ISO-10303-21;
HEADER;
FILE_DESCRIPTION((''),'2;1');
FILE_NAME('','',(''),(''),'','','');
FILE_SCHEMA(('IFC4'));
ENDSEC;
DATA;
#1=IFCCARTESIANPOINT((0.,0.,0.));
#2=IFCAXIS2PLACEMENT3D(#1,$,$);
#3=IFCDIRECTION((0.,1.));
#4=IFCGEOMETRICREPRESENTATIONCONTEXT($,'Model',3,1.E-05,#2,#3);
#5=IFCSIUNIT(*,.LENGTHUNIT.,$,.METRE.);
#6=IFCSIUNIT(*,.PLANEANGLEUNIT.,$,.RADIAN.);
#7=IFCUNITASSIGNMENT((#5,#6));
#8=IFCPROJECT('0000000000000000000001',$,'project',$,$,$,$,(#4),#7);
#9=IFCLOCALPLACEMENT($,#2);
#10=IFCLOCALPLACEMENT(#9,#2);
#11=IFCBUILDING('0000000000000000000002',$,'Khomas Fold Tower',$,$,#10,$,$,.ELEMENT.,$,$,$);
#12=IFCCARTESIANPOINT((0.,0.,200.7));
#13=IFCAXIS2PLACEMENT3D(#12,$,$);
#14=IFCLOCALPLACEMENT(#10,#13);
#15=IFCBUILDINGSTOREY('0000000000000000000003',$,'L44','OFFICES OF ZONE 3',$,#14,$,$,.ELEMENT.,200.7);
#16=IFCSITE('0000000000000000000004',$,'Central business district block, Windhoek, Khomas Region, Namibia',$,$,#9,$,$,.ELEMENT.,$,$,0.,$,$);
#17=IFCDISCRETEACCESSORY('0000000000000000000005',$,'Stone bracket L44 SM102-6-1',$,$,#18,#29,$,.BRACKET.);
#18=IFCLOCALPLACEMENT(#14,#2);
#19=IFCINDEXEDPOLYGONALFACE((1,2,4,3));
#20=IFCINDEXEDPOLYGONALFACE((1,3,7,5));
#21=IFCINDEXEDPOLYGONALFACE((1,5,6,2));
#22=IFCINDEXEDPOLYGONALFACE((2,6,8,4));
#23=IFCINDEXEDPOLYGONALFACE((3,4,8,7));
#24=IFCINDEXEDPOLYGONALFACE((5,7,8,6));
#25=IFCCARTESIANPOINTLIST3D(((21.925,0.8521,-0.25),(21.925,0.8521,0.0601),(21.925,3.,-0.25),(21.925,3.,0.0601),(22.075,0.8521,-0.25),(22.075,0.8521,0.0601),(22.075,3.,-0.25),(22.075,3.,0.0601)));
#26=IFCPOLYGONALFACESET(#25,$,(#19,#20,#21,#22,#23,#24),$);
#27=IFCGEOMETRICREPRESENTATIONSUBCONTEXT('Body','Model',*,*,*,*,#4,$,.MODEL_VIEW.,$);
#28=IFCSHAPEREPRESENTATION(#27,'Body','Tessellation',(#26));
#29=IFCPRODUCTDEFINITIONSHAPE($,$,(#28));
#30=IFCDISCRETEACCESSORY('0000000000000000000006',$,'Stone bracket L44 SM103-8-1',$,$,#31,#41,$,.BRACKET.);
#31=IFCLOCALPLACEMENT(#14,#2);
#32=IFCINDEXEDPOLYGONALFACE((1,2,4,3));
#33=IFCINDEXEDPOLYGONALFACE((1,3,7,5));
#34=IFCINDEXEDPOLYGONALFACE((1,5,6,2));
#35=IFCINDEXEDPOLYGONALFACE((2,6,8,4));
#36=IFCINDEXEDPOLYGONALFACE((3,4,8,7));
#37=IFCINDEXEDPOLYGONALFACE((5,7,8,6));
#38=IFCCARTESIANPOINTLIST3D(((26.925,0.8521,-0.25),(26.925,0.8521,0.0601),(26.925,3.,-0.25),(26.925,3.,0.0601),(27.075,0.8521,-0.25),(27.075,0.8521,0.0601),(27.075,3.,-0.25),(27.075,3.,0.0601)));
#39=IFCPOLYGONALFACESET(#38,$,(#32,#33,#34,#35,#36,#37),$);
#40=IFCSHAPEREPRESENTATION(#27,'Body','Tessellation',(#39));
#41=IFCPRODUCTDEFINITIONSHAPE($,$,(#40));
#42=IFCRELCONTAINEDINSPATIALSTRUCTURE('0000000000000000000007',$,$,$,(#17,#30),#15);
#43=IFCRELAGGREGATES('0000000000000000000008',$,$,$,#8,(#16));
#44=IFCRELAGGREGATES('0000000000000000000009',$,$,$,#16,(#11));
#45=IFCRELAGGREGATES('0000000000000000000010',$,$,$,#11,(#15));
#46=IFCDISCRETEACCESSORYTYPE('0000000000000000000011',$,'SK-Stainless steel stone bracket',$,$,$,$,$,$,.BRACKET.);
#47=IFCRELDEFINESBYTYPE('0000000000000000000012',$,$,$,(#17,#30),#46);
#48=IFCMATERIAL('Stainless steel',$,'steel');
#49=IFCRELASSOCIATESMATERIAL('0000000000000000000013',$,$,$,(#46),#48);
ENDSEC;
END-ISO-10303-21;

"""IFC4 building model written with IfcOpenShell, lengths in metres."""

from ifc_helpers import new_model, si_unit, direction, frame, origin, origin_2d, place, context, subcontext, project, spatial, rectangle, extrude, source, transform, mapped, material, type_object, element, save


model = new_model("IFC4")

# Units and contexts
model_context = context("Model", 3, precision=1e-05, world=origin(), true_north=direction((0.0, 1.0)))
body_context = subcontext(model_context, "Body", "Model", "MODEL_VIEW")
ifc_project = project(units=[si_unit("LENGTHUNIT", "METRE"), si_unit("PLANEANGLEUNIT", "RADIAN")], contexts=[model_context])

# Site, building, storey
site_placement = place(None, origin())
site = spatial("IfcSite", under=ifc_project, at=site_placement, Name="Central business district block, Windhoek, Khomas Region, Namibia", CompositionType="ELEMENT", RefElevation=0.0)
building_placement = place(site_placement, origin())
building = spatial("IfcBuilding", under=site, at=building_placement, Name="Khomas Fold Tower", CompositionType="ELEMENT")
storey_placement = place(building_placement, frame((0.0, 0.0, 200.7)))
storey = spatial("IfcBuildingStorey", under=building, at=storey_placement, Name="L44", Description="OFFICES OF ZONE 3", CompositionType="ELEMENT", Elevation=200.7)

# Discrete accessories
ifc_material_1 = material(Name="Stainless steel", Category="steel")
discrete_accessory_type = type_object("IfcDiscreteAccessoryType", Name="SK-Stainless steel stone bracket", PredefinedType="BRACKET", material=ifc_material_1)
shared_shape_1 = source(origin(), body_context, "Body", "SweptSolid", [
    extrude(rectangle(XDim=2.1479, YDim=0.1499, at=origin_2d()), origin(), (0.0, 0.0, 1.0), 0.3101),
])
for number, where, z_axis, x_axis, name in (
    (1, (22.0, 1.926, -0.25), (0.0, 0.0, 1.0), (0.0, -1.0, 0.0), "Stone bracket L44 SM102-6-1"),
    (2, (27.0, 1.926, -0.25), (0.0, 0.0, 1.0), (0.0, -1.0, 0.0), "Stone bracket L44 SM103-8-1"),
):
    element("IfcDiscreteAccessory", number, at=place(storey_placement, frame(where, z_axis=z_axis, x_axis=x_axis)), inside=storey, type_object=discrete_accessory_type, Name=name, PredefinedType="BRACKET", context=body_context, shape_type="MappedRepresentation", body=[
        mapped(shared_shape_1, transform((0.0, 0.0, 0.0))),
    ])

save(model, "model.ifc")
